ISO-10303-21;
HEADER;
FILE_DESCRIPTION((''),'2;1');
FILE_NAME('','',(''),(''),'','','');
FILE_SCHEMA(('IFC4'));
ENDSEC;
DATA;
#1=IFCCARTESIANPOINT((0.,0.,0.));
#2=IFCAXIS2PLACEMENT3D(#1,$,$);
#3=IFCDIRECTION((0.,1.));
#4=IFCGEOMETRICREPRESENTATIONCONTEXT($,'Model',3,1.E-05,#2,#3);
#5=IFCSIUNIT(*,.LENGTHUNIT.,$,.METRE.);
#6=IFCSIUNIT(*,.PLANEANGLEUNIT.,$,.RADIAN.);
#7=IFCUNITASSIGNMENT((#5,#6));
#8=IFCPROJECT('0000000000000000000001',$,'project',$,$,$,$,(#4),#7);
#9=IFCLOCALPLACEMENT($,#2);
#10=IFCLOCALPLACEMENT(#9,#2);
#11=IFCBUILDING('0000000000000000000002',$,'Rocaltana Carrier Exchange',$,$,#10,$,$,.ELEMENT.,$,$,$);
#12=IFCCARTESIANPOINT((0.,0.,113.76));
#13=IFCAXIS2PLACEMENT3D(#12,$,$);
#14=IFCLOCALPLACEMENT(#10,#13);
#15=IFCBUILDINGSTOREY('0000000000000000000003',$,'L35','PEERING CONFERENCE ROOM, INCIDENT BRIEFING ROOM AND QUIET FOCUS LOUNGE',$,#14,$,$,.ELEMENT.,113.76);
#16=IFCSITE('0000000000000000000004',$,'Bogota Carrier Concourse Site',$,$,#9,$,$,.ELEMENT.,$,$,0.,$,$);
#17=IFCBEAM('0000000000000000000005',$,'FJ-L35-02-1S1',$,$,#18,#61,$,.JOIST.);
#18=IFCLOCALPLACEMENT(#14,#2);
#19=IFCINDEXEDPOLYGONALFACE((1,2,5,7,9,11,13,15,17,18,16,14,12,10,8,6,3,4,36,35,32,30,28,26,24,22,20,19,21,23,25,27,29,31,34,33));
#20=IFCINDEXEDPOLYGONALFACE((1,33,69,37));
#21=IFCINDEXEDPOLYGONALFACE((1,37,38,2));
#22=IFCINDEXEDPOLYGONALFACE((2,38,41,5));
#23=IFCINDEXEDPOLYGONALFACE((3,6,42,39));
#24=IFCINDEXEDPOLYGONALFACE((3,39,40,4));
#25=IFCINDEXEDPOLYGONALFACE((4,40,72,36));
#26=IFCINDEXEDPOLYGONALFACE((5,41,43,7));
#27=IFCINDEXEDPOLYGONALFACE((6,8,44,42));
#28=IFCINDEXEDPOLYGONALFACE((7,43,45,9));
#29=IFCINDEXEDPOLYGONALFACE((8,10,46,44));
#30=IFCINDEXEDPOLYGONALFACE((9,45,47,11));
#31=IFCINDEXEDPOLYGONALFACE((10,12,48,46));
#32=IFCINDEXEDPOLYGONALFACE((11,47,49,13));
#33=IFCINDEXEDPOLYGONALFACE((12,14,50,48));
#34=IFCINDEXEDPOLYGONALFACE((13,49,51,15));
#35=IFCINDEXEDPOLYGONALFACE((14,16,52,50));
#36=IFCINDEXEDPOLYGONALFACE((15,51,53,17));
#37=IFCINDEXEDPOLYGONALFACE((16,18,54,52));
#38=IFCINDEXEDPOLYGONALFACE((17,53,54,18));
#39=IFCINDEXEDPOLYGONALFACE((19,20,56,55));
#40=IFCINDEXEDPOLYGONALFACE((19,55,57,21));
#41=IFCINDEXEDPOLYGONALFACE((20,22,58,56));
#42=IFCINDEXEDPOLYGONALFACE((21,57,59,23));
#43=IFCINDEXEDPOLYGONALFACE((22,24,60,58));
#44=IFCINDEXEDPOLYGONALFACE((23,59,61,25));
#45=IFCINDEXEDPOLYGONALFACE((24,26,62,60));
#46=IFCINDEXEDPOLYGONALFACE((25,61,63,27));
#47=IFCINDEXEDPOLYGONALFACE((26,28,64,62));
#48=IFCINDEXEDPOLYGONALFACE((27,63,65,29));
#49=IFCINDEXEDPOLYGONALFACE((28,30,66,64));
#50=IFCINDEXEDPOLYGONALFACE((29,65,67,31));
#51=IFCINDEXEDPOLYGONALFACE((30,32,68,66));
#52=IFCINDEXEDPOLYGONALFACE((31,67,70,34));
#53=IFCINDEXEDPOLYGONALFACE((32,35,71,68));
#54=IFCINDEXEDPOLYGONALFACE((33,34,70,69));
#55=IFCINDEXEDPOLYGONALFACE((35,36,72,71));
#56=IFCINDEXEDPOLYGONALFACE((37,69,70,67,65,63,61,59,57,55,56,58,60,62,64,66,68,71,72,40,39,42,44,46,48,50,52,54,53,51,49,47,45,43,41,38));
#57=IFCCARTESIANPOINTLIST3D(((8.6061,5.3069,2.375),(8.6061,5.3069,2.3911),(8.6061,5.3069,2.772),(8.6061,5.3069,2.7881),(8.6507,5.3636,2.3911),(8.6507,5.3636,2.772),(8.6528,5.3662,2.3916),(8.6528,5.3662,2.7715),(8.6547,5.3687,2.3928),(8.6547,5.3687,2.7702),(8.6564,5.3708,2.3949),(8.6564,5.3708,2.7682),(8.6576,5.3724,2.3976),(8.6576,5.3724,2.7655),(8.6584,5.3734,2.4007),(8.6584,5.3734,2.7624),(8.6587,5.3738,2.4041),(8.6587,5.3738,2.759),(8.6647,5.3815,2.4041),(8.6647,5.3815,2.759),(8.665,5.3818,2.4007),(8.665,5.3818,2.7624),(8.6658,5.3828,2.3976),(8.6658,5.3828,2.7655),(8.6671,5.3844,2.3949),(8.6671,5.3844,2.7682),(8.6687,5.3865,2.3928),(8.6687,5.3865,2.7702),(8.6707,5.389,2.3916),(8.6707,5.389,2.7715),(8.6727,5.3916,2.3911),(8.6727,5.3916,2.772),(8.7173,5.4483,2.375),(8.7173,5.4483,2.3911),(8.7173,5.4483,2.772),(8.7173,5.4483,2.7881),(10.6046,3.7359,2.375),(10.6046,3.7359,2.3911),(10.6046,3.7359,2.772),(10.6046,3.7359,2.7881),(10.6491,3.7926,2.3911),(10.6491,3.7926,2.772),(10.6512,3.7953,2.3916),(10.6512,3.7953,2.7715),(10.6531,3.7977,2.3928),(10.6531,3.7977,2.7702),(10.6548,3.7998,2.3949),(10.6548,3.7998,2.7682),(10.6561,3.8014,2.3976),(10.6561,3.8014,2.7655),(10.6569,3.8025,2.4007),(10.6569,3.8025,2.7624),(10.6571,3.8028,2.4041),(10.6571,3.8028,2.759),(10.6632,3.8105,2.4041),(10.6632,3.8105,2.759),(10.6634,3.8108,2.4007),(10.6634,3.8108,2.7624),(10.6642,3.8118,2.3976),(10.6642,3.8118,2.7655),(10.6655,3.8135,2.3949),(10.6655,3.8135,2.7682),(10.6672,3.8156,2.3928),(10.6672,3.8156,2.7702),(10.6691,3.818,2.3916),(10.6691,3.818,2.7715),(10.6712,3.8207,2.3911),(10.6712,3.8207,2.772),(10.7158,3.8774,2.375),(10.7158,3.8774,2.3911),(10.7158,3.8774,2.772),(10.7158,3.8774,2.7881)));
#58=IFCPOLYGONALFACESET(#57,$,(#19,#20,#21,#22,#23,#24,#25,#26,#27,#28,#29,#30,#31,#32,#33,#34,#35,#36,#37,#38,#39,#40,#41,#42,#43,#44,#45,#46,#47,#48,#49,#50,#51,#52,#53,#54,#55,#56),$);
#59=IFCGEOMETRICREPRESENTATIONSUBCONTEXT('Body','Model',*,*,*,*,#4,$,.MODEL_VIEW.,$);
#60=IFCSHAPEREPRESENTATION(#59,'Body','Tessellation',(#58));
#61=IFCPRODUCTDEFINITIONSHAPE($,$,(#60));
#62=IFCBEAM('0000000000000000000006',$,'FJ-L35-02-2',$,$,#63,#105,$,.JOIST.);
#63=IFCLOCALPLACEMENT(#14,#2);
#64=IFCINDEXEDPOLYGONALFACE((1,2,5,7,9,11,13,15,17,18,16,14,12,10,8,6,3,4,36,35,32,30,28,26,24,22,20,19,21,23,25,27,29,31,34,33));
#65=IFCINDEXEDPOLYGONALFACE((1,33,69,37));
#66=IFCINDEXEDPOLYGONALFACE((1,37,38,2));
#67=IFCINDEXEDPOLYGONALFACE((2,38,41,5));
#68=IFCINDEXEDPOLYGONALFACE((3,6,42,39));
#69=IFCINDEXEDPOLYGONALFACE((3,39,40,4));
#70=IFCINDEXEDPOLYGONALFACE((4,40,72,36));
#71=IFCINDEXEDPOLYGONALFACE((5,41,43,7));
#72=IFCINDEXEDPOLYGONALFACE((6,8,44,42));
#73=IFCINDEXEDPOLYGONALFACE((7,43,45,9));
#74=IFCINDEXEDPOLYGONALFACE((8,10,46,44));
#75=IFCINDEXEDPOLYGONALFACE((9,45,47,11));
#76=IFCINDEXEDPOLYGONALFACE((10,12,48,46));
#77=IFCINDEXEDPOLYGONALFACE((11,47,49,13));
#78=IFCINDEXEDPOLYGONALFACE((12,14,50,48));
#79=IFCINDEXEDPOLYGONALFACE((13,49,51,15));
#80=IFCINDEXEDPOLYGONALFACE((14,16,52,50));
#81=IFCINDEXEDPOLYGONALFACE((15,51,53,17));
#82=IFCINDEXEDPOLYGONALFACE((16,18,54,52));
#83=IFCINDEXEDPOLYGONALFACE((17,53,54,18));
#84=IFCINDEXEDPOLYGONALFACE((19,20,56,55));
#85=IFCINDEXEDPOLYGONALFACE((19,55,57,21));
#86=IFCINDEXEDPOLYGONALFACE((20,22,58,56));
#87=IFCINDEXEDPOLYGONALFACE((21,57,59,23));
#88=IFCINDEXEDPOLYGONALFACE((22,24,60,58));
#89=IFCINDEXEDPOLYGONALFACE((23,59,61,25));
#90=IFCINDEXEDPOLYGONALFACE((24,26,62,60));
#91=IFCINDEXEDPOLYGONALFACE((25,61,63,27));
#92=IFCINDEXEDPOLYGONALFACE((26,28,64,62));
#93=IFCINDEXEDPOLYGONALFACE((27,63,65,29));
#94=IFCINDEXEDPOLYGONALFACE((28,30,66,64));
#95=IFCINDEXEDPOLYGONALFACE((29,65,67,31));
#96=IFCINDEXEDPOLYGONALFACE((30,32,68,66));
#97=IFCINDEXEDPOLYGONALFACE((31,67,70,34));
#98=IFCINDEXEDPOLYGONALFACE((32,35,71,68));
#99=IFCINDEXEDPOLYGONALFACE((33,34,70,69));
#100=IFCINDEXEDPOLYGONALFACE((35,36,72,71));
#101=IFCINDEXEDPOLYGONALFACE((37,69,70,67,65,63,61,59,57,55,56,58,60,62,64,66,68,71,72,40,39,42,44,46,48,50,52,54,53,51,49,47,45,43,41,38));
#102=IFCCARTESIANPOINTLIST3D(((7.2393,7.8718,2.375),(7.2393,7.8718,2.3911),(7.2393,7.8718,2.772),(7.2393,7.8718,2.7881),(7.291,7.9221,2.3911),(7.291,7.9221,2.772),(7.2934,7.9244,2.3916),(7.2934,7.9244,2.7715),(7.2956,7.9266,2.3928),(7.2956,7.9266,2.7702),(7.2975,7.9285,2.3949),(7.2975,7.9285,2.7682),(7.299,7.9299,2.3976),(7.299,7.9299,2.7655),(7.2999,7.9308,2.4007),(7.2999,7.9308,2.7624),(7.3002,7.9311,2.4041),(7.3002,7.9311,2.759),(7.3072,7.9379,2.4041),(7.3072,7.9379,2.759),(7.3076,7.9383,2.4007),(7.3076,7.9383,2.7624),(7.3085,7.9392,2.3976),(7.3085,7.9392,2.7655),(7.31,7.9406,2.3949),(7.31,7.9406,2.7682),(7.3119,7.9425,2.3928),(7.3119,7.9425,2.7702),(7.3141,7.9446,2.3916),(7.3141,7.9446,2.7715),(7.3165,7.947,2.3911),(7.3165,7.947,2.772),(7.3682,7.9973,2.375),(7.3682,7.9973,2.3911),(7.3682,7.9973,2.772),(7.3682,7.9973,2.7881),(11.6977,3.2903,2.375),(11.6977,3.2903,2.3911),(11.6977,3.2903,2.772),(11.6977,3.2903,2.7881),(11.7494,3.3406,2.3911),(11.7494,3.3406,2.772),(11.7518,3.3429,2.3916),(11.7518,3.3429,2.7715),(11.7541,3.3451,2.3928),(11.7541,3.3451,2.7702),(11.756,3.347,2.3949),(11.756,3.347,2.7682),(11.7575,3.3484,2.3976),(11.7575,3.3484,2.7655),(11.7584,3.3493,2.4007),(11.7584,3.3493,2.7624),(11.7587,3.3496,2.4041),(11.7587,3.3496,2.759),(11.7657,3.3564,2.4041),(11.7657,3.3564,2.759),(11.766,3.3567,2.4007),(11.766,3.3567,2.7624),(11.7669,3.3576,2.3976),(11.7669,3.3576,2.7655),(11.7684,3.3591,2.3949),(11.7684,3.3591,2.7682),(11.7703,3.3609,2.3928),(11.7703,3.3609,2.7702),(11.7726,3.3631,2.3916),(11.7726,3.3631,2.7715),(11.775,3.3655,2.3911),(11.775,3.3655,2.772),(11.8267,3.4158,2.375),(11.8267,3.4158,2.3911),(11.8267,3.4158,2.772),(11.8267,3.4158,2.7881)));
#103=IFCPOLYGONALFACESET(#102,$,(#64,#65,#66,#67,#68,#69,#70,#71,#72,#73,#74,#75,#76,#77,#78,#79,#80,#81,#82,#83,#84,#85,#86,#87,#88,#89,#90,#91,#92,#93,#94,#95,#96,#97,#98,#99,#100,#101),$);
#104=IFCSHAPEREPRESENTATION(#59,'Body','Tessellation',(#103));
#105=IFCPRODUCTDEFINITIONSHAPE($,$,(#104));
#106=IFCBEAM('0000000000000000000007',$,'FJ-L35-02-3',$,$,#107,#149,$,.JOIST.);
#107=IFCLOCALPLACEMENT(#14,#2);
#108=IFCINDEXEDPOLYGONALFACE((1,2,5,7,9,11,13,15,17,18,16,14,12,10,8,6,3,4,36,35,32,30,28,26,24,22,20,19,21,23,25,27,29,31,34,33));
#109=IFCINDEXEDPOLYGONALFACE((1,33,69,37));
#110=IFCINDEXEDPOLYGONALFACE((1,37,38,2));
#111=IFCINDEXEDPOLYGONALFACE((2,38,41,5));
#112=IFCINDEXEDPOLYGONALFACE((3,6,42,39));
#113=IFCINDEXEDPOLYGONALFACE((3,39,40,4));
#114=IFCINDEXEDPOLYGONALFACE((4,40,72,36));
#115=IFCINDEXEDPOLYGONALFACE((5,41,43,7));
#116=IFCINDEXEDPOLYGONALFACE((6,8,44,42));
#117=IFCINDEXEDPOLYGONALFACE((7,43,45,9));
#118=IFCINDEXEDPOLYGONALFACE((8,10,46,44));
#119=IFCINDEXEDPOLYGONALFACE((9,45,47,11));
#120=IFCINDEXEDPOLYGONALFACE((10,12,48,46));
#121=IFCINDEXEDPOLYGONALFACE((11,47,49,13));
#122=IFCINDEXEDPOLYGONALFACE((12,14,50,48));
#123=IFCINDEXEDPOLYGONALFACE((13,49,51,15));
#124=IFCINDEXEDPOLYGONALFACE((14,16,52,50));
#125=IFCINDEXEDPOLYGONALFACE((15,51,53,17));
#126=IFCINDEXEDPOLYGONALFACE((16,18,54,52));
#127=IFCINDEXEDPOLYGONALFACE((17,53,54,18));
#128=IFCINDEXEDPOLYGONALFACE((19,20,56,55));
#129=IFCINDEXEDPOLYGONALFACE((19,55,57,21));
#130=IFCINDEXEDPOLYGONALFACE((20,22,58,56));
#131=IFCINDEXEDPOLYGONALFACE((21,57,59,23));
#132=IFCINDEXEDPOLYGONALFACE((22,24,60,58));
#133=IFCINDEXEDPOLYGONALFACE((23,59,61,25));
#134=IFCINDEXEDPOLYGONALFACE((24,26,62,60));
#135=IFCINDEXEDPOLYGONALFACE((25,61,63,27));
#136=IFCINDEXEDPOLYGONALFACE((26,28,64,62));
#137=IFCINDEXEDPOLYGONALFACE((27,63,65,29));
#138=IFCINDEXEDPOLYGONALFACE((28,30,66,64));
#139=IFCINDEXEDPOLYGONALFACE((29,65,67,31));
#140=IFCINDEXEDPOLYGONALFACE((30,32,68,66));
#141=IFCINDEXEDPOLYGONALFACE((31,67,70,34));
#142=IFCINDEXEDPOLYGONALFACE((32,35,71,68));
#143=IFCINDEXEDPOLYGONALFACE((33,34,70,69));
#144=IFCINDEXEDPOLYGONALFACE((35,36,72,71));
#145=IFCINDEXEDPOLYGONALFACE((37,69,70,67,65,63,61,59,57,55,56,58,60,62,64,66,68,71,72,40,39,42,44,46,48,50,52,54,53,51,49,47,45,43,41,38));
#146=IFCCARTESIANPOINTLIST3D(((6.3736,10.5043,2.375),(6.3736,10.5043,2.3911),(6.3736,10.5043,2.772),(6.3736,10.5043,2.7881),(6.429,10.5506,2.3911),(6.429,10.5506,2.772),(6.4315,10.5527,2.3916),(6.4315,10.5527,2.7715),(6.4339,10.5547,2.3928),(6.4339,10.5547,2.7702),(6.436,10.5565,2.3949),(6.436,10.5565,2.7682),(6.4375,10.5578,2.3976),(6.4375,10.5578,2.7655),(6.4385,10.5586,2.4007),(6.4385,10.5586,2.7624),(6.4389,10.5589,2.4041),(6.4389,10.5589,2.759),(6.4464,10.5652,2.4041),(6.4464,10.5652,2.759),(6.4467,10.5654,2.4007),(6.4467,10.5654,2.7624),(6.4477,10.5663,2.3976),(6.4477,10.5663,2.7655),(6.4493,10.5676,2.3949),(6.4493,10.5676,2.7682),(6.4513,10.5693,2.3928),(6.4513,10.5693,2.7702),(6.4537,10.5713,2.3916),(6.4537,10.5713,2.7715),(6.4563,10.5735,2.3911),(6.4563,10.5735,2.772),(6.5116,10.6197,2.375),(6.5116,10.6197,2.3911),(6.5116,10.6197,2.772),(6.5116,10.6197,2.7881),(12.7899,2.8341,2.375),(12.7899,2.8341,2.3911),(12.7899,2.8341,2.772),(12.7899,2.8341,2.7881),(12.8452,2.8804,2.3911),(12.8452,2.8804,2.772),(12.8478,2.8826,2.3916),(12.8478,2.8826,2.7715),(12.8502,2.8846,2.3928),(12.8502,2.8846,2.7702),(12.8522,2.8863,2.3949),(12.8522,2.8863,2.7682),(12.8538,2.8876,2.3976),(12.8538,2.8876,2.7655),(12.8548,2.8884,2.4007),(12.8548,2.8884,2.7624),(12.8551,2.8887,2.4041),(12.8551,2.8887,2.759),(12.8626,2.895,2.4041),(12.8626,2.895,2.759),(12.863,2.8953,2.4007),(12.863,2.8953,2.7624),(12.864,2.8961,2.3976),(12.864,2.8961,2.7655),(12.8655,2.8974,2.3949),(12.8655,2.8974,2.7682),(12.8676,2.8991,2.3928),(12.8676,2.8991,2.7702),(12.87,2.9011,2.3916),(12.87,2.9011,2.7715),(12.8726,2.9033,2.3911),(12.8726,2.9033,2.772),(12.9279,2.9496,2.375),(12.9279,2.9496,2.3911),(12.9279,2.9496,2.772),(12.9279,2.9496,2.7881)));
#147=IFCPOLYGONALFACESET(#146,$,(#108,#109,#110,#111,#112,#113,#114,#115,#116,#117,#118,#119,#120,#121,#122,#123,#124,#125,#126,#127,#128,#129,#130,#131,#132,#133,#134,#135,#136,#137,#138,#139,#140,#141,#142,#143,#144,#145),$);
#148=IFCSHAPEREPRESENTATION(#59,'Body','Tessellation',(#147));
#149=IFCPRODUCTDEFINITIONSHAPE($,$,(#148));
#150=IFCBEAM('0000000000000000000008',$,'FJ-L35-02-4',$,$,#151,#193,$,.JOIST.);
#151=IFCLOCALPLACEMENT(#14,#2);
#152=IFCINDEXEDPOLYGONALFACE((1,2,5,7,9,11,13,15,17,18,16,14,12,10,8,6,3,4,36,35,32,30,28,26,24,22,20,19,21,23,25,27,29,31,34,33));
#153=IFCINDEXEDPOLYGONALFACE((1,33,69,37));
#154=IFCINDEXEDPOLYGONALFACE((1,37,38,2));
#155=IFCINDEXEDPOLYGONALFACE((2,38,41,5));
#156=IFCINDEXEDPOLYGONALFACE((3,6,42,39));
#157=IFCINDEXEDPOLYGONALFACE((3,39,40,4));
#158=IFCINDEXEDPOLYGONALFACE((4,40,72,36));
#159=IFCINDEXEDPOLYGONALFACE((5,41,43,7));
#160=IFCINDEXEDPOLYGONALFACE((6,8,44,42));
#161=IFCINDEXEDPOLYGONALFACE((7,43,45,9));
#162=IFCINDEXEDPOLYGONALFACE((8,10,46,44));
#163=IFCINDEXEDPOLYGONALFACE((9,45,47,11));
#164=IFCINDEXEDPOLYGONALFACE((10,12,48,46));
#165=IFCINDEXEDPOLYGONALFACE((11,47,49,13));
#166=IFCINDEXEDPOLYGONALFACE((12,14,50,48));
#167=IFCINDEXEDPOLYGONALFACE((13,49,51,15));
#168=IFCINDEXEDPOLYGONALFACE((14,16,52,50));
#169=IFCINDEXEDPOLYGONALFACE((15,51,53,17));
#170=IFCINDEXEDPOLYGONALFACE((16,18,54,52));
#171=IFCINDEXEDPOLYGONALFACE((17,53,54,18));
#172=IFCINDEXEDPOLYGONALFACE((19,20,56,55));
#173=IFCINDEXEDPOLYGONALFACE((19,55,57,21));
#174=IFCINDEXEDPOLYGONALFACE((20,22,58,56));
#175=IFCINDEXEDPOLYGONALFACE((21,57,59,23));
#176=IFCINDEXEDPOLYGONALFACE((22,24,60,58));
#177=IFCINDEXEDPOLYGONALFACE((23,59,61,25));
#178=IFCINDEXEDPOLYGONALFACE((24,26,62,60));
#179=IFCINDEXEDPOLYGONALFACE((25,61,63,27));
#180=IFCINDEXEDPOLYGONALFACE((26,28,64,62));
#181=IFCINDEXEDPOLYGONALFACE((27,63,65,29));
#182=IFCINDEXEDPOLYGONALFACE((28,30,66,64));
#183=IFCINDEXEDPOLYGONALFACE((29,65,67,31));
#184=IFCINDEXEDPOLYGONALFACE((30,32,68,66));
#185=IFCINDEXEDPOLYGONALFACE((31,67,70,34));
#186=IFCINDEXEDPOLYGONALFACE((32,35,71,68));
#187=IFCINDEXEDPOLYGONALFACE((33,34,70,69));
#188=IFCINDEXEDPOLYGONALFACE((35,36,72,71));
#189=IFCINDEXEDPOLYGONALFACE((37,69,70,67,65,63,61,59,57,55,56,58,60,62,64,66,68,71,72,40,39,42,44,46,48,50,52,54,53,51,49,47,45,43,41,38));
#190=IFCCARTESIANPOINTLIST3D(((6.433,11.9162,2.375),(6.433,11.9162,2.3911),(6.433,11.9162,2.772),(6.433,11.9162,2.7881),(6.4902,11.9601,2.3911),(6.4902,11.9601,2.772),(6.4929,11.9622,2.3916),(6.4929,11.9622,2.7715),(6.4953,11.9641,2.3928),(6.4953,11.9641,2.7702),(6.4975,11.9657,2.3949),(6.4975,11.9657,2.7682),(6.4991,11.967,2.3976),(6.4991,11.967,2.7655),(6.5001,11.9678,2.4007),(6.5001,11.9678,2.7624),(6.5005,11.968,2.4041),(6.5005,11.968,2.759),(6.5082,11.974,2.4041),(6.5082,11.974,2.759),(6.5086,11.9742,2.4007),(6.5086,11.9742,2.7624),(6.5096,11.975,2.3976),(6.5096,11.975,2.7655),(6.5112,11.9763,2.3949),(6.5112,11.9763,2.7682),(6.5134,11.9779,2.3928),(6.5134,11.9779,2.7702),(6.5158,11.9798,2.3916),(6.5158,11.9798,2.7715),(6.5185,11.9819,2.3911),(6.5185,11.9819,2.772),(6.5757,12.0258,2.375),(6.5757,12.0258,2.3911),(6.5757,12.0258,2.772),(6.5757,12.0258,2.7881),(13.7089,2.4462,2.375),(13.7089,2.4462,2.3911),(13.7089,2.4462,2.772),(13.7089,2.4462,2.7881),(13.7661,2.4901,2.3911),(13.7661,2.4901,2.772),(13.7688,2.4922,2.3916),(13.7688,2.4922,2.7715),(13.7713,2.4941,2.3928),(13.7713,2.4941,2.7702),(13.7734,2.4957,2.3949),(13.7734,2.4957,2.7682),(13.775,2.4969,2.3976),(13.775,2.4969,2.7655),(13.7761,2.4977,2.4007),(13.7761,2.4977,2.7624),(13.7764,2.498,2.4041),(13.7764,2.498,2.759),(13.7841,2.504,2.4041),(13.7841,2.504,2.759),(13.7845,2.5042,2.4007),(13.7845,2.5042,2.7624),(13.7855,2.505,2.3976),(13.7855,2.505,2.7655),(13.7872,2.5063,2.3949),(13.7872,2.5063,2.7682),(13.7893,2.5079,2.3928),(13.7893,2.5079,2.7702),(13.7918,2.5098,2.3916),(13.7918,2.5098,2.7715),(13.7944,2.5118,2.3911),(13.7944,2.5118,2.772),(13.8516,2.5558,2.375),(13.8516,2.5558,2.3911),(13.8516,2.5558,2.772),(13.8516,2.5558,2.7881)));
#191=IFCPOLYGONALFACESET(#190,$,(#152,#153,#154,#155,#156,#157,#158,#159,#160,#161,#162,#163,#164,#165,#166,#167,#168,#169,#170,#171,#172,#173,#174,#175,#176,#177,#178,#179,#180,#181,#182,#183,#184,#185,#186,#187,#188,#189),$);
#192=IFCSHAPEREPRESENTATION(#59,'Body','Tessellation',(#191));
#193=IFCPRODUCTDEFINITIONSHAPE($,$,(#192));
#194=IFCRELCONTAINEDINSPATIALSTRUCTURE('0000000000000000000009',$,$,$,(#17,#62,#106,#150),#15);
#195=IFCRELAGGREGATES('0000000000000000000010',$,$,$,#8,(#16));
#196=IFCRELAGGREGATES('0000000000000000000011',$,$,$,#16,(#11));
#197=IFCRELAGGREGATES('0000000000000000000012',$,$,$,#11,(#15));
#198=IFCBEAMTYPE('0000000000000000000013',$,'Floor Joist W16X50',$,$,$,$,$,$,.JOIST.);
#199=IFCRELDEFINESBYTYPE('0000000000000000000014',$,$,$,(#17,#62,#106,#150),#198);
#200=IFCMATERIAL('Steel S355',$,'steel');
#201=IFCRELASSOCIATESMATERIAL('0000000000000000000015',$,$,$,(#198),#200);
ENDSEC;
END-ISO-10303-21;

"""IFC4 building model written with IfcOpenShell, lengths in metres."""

from ifc_helpers import new_model, si_unit, direction, frame, origin, origin_2d, place, context, subcontext, project, spatial, i_section, extrude, material, material_profile, profile_set, type_object, element, save


model = new_model("IFC4")

# Units and contexts
model_context = context("Model", 3, precision=1e-05, world=origin(), true_north=direction((0.0, 1.0)))
body_context = subcontext(model_context, "Body", "Model", "MODEL_VIEW")
ifc_project = project(units=[si_unit("LENGTHUNIT", "METRE"), si_unit("PLANEANGLEUNIT", "RADIAN")], contexts=[model_context])

# Site, building, storey
site_placement = place(None, origin())
site = spatial("IfcSite", under=ifc_project, at=site_placement, Name="Bogota Carrier Concourse Site", CompositionType="ELEMENT", RefElevation=0.0)
building_placement = place(site_placement, origin())
building = spatial("IfcBuilding", under=site, at=building_placement, Name="Rocaltana Carrier Exchange", CompositionType="ELEMENT")
storey_placement = place(building_placement, frame((0.0, 0.0, 113.76)))
storey = spatial("IfcBuildingStorey", under=building, at=storey_placement, Name="L35", Description="PEERING CONFERENCE ROOM, INCIDENT BRIEFING ROOM AND QUIET FOCUS LOUNGE", CompositionType="ELEMENT", Elevation=113.76)

# Beams
ifc_material_1 = material(Name="Steel S355", Category="steel")
ifc_material_profile_1 = material_profile(ifc_material_1, i_section(OverallWidth=0.1799, OverallDepth=0.4131, WebThickness=0.0098, FlangeThickness=0.0161, FilletRadius=0.0129, at=origin_2d()), Name="W16X50")
ifc_profile_set_1 = profile_set([ifc_material_profile_1], Name="Steel S355")
beam_type_1 = type_object("IfcBeamType", Name="Floor Joist W16X50", PredefinedType="JOIST", material=ifc_profile_set_1)
beam_1_placement = place(storey_placement, frame((10.6602, 3.8066, 2.5815), z_axis=(-0.786172, 0.618008, 0.0), x_axis=(-0.618008, -0.786172, 0.0)))
element("IfcBeam", 1, at=beam_1_placement, inside=storey, type_object=beam_type_1, Name="FJ-L35-02-1S1", PredefinedType="JOIST", context=body_context, shape_type="SweptSolid", body=[
    extrude(i_section(OverallWidth=0.1799, OverallDepth=0.4131, WebThickness=0.0098, FlangeThickness=0.0161, FilletRadius=0.0129, at=origin_2d()), origin(), (0.0, 0.0, 1.0), 2.542),
])
beam_2_placement = place(storey_placement, frame((11.7622, 3.353, 2.5815), z_axis=(-0.697418, 0.716665, 0.0), x_axis=(-0.716665, -0.697418, 0.0)))
element("IfcBeam", 2, at=beam_2_placement, inside=storey, type_object=beam_type_1, Name="FJ-L35-02-2", PredefinedType="JOIST", context=body_context, shape_type="SweptSolid", body=[
    extrude(i_section(OverallWidth=0.1799, OverallDepth=0.4131, WebThickness=0.0098, FlangeThickness=0.0161, FilletRadius=0.0129, at=origin_2d()), origin(), (0.0, 0.0, 1.0), 6.3928),
])
beam_3_placement = place(storey_placement, frame((12.8589, 2.8918, 2.5815), z_axis=(-0.641627, 0.767017, 0.0), x_axis=(-0.767017, -0.641627, 0.0)))
element("IfcBeam", 3, at=beam_3_placement, inside=storey, type_object=beam_type_1, Name="FJ-L35-02-3", PredefinedType="JOIST", context=body_context, shape_type="SweptSolid", body=[
    extrude(i_section(OverallWidth=0.1799, OverallDepth=0.4131, WebThickness=0.0098, FlangeThickness=0.0161, FilletRadius=0.0129, at=origin_2d()), origin(), (0.0, 0.0, 1.0), 10.0),
])
beam_4_placement = place(storey_placement, frame((13.7803, 2.501, 2.5815), z_axis=(-0.609252, 0.792976, 0.0), x_axis=(-0.792976, -0.609252, 0.0)))
element("IfcBeam", 4, at=beam_4_placement, inside=storey, type_object=beam_type_1, Name="FJ-L35-02-4", PredefinedType="JOIST", context=body_context, shape_type="SweptSolid", body=[
    extrude(i_section(OverallWidth=0.1799, OverallDepth=0.4131, WebThickness=0.0098, FlangeThickness=0.0161, FilletRadius=0.0129, at=origin_2d()), origin(), (0.0, 0.0, 1.0), 11.9424),
])

save(model, "model.ifc")
